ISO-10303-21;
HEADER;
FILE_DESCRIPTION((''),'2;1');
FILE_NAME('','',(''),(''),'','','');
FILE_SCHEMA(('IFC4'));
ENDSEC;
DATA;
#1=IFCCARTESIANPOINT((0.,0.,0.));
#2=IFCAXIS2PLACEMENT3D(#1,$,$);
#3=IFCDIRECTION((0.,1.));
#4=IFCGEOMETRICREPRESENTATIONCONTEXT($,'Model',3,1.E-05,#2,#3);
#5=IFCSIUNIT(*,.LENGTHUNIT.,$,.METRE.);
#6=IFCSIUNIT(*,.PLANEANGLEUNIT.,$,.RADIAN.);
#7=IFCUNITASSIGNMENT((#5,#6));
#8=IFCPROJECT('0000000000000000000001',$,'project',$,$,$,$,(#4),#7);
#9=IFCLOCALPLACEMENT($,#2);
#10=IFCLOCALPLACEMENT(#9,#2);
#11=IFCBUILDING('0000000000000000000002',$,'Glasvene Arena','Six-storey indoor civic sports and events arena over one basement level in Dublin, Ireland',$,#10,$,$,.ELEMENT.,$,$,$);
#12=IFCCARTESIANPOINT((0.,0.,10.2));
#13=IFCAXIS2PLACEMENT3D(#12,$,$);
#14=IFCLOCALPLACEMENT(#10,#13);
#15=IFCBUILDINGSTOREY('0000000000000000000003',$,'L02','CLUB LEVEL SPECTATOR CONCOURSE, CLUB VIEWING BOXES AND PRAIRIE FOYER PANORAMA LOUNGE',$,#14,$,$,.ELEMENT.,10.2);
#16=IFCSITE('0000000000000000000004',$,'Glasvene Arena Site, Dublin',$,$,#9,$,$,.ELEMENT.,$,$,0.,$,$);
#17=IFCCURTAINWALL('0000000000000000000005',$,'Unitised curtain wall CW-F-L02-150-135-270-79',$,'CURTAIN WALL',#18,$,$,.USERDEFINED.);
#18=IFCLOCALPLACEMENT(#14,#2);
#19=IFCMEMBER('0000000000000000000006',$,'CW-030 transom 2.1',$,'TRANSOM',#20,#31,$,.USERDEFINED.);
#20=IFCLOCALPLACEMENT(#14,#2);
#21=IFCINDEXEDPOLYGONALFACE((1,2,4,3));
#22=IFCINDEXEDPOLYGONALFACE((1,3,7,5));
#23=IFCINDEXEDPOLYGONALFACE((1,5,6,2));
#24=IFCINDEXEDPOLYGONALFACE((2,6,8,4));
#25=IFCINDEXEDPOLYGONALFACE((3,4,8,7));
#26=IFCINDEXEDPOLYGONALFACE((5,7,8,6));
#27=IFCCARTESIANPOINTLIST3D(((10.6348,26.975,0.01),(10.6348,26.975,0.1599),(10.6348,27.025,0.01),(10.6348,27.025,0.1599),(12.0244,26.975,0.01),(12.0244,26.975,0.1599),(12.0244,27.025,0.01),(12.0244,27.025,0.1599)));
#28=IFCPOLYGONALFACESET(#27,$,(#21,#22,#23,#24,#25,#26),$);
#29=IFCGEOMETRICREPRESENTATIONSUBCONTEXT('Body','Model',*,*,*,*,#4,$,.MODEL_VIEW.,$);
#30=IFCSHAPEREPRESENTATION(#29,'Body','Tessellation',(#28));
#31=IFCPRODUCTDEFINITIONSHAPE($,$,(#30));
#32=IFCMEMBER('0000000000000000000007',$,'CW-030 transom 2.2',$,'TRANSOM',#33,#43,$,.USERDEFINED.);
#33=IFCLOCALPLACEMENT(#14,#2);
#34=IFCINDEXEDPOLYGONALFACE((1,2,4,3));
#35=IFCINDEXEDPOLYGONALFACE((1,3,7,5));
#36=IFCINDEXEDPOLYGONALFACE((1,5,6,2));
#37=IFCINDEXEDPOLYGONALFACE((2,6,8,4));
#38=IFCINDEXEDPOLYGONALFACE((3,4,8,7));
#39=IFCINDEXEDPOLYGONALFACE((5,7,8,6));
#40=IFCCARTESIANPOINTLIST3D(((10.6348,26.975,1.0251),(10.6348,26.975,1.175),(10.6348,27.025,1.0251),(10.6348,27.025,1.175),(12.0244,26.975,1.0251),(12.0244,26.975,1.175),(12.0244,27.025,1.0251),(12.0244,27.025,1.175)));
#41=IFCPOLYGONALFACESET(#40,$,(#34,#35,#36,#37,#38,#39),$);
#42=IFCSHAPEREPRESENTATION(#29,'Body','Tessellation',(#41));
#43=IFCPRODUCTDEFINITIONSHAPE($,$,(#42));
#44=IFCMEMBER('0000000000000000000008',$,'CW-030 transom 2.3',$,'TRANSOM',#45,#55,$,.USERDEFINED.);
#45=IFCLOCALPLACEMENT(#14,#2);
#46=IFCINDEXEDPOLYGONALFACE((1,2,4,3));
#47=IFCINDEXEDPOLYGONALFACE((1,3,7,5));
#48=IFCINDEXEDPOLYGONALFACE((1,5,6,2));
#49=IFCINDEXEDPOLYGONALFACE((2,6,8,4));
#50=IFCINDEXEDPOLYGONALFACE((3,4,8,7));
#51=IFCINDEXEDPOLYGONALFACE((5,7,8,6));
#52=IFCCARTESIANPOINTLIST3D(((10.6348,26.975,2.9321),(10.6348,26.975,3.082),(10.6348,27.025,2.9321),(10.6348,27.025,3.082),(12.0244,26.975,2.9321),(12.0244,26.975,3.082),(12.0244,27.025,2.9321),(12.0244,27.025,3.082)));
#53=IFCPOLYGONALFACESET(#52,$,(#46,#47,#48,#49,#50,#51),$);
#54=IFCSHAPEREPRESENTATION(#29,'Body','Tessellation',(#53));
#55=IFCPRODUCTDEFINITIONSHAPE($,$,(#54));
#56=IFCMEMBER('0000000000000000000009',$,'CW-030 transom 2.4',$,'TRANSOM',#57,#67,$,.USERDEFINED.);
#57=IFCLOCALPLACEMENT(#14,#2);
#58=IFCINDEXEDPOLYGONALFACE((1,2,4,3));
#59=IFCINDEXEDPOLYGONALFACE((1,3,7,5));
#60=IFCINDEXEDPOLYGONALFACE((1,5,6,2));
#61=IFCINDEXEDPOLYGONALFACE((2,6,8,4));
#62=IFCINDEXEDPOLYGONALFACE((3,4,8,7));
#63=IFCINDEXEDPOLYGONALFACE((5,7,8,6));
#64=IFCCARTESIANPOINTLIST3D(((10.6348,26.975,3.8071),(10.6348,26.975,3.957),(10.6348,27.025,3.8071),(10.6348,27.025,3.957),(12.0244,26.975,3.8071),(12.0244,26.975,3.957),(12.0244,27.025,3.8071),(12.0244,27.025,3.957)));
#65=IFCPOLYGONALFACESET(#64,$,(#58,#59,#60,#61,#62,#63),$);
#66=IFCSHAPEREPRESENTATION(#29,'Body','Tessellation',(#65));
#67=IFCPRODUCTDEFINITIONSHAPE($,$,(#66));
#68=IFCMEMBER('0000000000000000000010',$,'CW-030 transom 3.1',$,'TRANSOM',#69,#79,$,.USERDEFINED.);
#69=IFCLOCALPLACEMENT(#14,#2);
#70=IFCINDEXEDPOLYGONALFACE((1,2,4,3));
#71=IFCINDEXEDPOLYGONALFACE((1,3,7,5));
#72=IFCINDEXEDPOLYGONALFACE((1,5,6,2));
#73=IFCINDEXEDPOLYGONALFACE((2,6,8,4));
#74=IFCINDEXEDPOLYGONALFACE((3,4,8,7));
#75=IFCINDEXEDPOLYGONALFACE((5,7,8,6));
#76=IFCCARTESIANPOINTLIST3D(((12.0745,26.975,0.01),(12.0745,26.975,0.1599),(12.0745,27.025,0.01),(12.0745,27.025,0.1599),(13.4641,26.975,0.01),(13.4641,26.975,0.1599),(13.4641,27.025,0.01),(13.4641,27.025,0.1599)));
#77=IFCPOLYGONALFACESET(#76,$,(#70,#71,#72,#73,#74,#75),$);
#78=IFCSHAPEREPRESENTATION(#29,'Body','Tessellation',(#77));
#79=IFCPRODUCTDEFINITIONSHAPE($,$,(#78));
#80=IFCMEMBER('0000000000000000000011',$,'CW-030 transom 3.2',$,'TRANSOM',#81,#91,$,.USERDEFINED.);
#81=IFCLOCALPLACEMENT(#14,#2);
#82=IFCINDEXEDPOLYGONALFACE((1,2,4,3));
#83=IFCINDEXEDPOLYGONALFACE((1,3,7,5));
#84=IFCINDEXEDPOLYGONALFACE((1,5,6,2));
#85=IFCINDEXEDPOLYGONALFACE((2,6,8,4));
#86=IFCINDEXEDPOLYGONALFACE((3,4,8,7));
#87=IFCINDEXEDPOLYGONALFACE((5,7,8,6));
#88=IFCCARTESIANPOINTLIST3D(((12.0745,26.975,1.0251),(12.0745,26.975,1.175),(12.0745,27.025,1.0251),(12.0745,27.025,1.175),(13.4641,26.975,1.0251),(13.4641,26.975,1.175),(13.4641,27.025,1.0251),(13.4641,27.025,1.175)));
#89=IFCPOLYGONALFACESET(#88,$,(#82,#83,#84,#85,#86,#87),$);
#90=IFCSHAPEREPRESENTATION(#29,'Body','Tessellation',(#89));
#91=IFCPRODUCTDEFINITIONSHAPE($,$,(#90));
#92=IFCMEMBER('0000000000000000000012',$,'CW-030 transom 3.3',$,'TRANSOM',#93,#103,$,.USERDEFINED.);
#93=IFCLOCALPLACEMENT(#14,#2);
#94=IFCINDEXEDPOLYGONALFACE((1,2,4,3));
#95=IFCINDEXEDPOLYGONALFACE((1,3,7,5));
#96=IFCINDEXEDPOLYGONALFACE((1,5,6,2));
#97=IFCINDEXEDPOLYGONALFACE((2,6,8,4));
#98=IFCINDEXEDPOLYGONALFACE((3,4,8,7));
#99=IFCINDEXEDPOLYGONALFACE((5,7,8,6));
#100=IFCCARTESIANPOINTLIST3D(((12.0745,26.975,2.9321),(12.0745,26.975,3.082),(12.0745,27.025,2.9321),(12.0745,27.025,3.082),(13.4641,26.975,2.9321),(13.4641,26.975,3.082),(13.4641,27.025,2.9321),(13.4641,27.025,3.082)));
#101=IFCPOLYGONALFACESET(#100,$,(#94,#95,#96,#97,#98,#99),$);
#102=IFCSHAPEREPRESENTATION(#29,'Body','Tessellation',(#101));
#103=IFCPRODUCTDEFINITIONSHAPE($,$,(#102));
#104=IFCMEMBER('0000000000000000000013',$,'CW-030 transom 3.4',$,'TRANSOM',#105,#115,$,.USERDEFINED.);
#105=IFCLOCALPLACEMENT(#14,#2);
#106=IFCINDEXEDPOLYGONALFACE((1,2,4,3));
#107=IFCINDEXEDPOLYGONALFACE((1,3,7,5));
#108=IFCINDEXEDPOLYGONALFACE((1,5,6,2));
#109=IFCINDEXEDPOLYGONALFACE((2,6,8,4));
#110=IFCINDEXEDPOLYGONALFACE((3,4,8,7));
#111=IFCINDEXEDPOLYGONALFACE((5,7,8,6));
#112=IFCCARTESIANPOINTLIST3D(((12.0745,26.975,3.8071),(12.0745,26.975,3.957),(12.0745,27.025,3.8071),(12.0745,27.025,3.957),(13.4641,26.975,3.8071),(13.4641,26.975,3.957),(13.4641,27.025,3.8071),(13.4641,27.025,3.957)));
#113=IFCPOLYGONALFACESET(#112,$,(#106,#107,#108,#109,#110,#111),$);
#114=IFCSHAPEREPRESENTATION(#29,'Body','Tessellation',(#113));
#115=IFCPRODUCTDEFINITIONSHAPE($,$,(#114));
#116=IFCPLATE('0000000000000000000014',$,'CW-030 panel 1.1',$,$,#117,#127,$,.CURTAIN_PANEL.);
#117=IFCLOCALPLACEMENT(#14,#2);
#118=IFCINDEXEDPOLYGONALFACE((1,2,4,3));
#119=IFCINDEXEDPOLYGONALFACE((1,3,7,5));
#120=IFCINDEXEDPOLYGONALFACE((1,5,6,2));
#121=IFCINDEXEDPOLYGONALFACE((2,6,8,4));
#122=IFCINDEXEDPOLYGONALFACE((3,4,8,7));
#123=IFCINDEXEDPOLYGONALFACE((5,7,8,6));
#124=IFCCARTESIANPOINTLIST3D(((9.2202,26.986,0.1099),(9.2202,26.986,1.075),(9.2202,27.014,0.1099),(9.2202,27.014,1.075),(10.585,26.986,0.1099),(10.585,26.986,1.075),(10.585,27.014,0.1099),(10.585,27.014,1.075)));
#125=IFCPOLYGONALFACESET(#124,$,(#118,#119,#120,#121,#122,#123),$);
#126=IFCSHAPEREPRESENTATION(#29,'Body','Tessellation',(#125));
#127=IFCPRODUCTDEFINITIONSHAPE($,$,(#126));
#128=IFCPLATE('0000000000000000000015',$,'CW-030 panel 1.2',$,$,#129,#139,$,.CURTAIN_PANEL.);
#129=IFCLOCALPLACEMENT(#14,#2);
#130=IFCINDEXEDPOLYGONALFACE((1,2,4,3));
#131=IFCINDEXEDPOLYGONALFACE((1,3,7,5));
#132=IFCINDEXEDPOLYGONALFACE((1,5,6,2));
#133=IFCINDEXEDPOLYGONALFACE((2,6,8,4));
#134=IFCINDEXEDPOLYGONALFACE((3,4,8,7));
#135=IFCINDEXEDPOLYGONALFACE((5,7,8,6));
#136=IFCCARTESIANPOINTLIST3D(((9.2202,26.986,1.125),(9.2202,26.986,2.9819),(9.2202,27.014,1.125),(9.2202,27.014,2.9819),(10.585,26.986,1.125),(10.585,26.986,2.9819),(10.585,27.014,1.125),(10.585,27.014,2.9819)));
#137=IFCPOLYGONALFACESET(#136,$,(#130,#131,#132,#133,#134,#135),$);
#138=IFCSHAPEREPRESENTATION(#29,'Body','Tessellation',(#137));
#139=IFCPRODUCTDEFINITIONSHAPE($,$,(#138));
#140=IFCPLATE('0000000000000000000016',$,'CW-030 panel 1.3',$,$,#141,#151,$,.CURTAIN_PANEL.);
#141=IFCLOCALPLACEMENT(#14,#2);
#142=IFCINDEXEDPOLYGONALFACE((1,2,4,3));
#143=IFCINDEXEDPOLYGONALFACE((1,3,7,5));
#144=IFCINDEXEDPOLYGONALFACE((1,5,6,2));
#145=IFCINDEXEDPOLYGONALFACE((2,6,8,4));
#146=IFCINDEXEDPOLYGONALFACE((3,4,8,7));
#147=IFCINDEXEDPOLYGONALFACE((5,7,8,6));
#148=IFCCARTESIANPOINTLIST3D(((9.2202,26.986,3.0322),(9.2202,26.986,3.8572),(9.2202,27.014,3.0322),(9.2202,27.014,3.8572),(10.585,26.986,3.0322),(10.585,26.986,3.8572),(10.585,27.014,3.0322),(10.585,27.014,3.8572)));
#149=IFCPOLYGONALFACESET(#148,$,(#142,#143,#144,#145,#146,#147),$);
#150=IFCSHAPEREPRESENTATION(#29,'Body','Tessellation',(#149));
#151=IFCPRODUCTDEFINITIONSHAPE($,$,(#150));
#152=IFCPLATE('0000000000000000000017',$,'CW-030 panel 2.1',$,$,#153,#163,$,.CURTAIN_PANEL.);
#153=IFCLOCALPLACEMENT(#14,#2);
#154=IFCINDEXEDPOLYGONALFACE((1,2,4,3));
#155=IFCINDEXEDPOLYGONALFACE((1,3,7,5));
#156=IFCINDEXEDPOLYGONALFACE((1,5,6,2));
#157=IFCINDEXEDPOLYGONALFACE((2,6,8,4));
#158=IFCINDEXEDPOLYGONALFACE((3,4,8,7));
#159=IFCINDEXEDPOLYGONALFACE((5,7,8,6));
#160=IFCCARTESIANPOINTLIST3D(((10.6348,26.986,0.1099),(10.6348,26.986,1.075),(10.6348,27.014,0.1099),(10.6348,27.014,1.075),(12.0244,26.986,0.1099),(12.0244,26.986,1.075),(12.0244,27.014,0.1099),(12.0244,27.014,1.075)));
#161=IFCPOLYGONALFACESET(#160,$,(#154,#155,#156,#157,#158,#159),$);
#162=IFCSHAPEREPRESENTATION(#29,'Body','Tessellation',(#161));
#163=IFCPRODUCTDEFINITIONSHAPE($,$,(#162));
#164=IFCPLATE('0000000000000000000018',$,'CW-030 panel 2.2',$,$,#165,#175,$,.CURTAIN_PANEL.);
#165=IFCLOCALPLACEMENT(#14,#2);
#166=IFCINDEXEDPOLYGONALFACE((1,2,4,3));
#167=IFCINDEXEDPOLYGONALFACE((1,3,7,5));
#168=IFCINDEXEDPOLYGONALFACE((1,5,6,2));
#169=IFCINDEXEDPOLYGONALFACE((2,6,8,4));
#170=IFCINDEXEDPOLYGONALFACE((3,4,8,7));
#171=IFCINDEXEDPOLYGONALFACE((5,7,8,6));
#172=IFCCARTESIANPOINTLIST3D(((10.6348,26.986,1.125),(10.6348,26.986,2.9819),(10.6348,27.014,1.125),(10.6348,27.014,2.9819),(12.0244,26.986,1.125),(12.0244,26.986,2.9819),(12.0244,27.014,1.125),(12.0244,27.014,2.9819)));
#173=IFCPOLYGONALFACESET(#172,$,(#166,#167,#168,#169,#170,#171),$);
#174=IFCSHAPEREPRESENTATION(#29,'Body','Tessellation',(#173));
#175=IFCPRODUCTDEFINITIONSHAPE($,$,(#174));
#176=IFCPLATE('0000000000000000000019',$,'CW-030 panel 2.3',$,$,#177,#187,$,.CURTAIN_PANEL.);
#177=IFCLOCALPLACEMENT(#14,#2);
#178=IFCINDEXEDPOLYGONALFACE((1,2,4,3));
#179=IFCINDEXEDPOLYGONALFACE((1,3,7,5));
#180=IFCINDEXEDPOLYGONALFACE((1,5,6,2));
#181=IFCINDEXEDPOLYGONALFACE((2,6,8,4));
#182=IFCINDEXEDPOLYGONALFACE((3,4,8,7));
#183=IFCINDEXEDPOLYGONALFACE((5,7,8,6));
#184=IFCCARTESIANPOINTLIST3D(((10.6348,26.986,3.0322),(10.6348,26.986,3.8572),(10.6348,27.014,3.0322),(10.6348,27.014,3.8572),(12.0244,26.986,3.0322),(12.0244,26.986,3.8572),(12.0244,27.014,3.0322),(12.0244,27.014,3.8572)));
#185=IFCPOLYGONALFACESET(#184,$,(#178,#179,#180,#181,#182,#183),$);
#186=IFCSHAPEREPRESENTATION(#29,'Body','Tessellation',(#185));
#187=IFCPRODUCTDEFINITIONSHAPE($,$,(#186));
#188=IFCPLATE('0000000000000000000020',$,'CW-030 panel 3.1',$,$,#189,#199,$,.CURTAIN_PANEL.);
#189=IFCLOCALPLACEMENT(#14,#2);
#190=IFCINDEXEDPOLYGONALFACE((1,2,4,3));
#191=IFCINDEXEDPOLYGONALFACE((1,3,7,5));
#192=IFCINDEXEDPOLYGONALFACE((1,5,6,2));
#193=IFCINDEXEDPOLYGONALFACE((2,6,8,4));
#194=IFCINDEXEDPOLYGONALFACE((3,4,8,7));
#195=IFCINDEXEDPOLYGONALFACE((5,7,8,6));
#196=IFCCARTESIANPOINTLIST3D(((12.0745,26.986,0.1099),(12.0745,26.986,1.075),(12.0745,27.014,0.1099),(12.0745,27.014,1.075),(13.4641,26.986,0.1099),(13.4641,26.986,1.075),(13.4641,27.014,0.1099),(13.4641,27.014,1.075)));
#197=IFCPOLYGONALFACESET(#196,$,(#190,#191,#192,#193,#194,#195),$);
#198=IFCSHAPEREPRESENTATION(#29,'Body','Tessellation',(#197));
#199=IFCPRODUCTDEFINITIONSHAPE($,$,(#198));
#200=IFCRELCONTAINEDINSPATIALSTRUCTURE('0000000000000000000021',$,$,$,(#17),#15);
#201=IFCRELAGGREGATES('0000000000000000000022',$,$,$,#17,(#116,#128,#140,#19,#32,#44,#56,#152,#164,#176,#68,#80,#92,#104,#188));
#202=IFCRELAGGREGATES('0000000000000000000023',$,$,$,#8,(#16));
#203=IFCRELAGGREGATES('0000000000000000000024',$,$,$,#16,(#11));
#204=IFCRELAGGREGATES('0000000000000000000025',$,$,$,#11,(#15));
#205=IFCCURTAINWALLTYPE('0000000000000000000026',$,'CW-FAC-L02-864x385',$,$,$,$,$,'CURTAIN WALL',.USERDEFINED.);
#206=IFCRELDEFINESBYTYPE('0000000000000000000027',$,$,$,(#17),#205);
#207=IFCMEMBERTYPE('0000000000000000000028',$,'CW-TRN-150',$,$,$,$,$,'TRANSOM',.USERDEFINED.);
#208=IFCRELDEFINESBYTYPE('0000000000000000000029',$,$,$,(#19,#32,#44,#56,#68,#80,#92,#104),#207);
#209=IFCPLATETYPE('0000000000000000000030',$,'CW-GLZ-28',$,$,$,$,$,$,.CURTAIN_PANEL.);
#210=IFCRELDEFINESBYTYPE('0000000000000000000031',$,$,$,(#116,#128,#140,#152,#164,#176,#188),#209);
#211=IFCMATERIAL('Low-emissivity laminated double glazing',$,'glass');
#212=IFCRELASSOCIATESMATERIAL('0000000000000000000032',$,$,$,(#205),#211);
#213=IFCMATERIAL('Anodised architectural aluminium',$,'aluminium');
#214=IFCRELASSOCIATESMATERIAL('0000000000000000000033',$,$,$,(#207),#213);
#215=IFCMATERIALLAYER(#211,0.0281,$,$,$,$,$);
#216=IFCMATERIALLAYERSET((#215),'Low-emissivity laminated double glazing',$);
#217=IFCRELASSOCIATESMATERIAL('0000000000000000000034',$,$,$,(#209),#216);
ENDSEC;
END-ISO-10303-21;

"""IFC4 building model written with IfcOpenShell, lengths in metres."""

from ifc_helpers import new_model, si_unit, direction, frame, origin, origin_2d, place, context, subcontext, project, spatial, rectangle, extrude, material, layer, layer_set, material_profile, profile_set, type_object, element, aggregate, save


model = new_model("IFC4")

# Units and contexts
model_context = context("Model", 3, precision=1e-05, world=origin(), true_north=direction((0.0, 1.0)))
body_context = subcontext(model_context, "Body", "Model", "MODEL_VIEW")
ifc_project = project(units=[si_unit("LENGTHUNIT", "METRE"), si_unit("PLANEANGLEUNIT", "RADIAN")], contexts=[model_context])

# Site, building, storey
site_placement = place(None, origin())
site = spatial("IfcSite", under=ifc_project, at=site_placement, Name="Glasvene Arena Site, Dublin", CompositionType="ELEMENT", RefElevation=0.0)
building_placement = place(site_placement, origin())
building = spatial("IfcBuilding", under=site, at=building_placement, Name="Glasvene Arena", Description="Six-storey indoor civic sports and events arena over one basement level in Dublin, Ireland", CompositionType="ELEMENT")
storey_placement = place(building_placement, frame((0.0, 0.0, 10.2)))
storey = spatial("IfcBuildingStorey", under=building, at=storey_placement, Name="L02", Description="CLUB LEVEL SPECTATOR CONCOURSE, CLUB VIEWING BOXES AND PRAIRIE FOYER PANORAMA LOUNGE", CompositionType="ELEMENT", Elevation=10.2)

# Curtain wall, members, plates
ifc_material_1 = material(Name="Low-emissivity laminated double glazing", Category="glass")
curtain_wall_type = type_object("IfcCurtainWallType", Name="CW-FAC-L02-864x385", ElementType="CURTAIN WALL", PredefinedType="USERDEFINED", material=ifc_material_1)
curtain_wall_placement = place(storey_placement, frame((9.1702, 27.0, 0.0)))
curtain_wall = element("IfcCurtainWall", 1, at=curtain_wall_placement, inside=storey, type_object=curtain_wall_type, Name="Unitised curtain wall CW-F-L02-150-135-270-79", ObjectType="CURTAIN WALL", PredefinedType="USERDEFINED")
ifc_material_2 = material(Name="Anodised architectural aluminium", Category="aluminium")
ifc_material_profile_1 = material_profile(ifc_material_2, rectangle(XDim=0.05, YDim=0.1499, at=origin_2d()), Name="ALU TRANSOM 50x150")
ifc_profile_set_1 = profile_set([ifc_material_profile_1], Name="Anodised architectural aluminium")
member_type_1 = type_object("IfcMemberType", Name="CW-TRN-150", ElementType="TRANSOM", PredefinedType="USERDEFINED", material=ifc_profile_set_1)
member_1_placement = place(storey_placement, frame((10.6348, 27.0, 0.085), z_axis=(1.0, 0.0, 0.0), x_axis=(0.0, 1.0, 0.0)))
member_1 = element("IfcMember", 2, at=member_1_placement, type_object=member_type_1, Name="CW-030 transom 2.1", ObjectType="TRANSOM", PredefinedType="USERDEFINED", context=body_context, shape_type="SweptSolid", body=[
    extrude(rectangle(XDim=0.05, YDim=0.1499, at=origin_2d()), origin(), (0.0, 0.0, 1.0), 1.3896),
])
member_2_placement = place(storey_placement, frame((10.6348, 27.0, 1.1001), z_axis=(1.0, 0.0, 0.0), x_axis=(0.0, 1.0, 0.0)))
member_2 = element("IfcMember", 3, at=member_2_placement, type_object=member_type_1, Name="CW-030 transom 2.2", ObjectType="TRANSOM", PredefinedType="USERDEFINED", context=body_context, shape_type="SweptSolid", body=[
    extrude(rectangle(XDim=0.05, YDim=0.1499, at=origin_2d()), origin(), (0.0, 0.0, 1.0), 1.3896),
])
member_3_placement = place(storey_placement, frame((10.6348, 27.0, 3.0071), z_axis=(1.0, 0.0, 0.0), x_axis=(0.0, 1.0, 0.0)))
member_3 = element("IfcMember", 4, at=member_3_placement, type_object=member_type_1, Name="CW-030 transom 2.3", ObjectType="TRANSOM", PredefinedType="USERDEFINED", context=body_context, shape_type="SweptSolid", body=[
    extrude(rectangle(XDim=0.05, YDim=0.1499, at=origin_2d()), origin(), (0.0, 0.0, 1.0), 1.3896),
])
member_4_placement = place(storey_placement, frame((10.6348, 27.0, 3.8821), z_axis=(1.0, 0.0, 0.0), x_axis=(0.0, 1.0, 0.0)))
member_4 = element("IfcMember", 5, at=member_4_placement, type_object=member_type_1, Name="CW-030 transom 2.4", ObjectType="TRANSOM", PredefinedType="USERDEFINED", context=body_context, shape_type="SweptSolid", body=[
    extrude(rectangle(XDim=0.05, YDim=0.1499, at=origin_2d()), origin(), (0.0, 0.0, 1.0), 1.3896),
])
member_5_placement = place(storey_placement, frame((12.0745, 27.0, 0.085), z_axis=(1.0, 0.0, 0.0), x_axis=(0.0, 1.0, 0.0)))
member_5 = element("IfcMember", 6, at=member_5_placement, type_object=member_type_1, Name="CW-030 transom 3.1", ObjectType="TRANSOM", PredefinedType="USERDEFINED", context=body_context, shape_type="SweptSolid", body=[
    extrude(rectangle(XDim=0.05, YDim=0.1499, at=origin_2d()), origin(), (0.0, 0.0, 1.0), 1.3896),
])
member_6_placement = place(storey_placement, frame((12.0745, 27.0, 1.1001), z_axis=(1.0, 0.0, 0.0), x_axis=(0.0, 1.0, 0.0)))
member_6 = element("IfcMember", 7, at=member_6_placement, type_object=member_type_1, Name="CW-030 transom 3.2", ObjectType="TRANSOM", PredefinedType="USERDEFINED", context=body_context, shape_type="SweptSolid", body=[
    extrude(rectangle(XDim=0.05, YDim=0.1499, at=origin_2d()), origin(), (0.0, 0.0, 1.0), 1.3896),
])
member_7_placement = place(storey_placement, frame((12.0745, 27.0, 3.0071), z_axis=(1.0, 0.0, 0.0), x_axis=(0.0, 1.0, 0.0)))
member_7 = element("IfcMember", 8, at=member_7_placement, type_object=member_type_1, Name="CW-030 transom 3.3", ObjectType="TRANSOM", PredefinedType="USERDEFINED", context=body_context, shape_type="SweptSolid", body=[
    extrude(rectangle(XDim=0.05, YDim=0.1499, at=origin_2d()), origin(), (0.0, 0.0, 1.0), 1.3896),
])
member_8_placement = place(storey_placement, frame((12.0745, 27.0, 3.8821), z_axis=(1.0, 0.0, 0.0), x_axis=(0.0, 1.0, 0.0)))
member_8 = element("IfcMember", 9, at=member_8_placement, type_object=member_type_1, Name="CW-030 transom 3.4", ObjectType="TRANSOM", PredefinedType="USERDEFINED", context=body_context, shape_type="SweptSolid", body=[
    extrude(rectangle(XDim=0.05, YDim=0.1499, at=origin_2d()), origin(), (0.0, 0.0, 1.0), 1.3896),
])
ifc_layer_1 = layer(ifc_material_1, 0.0281)
ifc_layer_set_1 = layer_set([ifc_layer_1], Name="Low-emissivity laminated double glazing")
plate_type = type_object("IfcPlateType", Name="CW-GLZ-28", PredefinedType="CURTAIN_PANEL", material=ifc_layer_set_1)
plate_1_placement = place(storey_placement, frame((9.9026, 27.0, 0.1099), z_axis=(0.0, 0.0, 1.0), x_axis=(1.0, 0.0, 0.0)))
plate_1 = element("IfcPlate", 10, at=plate_1_placement, type_object=plate_type, Name="CW-030 panel 1.1", PredefinedType="CURTAIN_PANEL", context=body_context, shape_type="SweptSolid", body=[
    extrude(rectangle(XDim=1.3647, YDim=0.0281, at=origin_2d()), origin(), (0.0, 0.0, 1.0), 0.9651),
])
plate_2_placement = place(storey_placement, frame((9.9026, 27.0, 1.125), z_axis=(0.0, 0.0, 1.0), x_axis=(1.0, 0.0, 0.0)))
plate_2 = element("IfcPlate", 11, at=plate_2_placement, type_object=plate_type, Name="CW-030 panel 1.2", PredefinedType="CURTAIN_PANEL", context=body_context, shape_type="SweptSolid", body=[
    extrude(rectangle(XDim=1.3647, YDim=0.0281, at=origin_2d()), origin(), (0.0, 0.0, 1.0), 1.8569),
])
plate_3_placement = place(storey_placement, frame((9.9026, 27.0, 3.0322), z_axis=(0.0, 0.0, 1.0), x_axis=(1.0, 0.0, 0.0)))
plate_3 = element("IfcPlate", 12, at=plate_3_placement, type_object=plate_type, Name="CW-030 panel 1.3", PredefinedType="CURTAIN_PANEL", context=body_context, shape_type="SweptSolid", body=[
    extrude(rectangle(XDim=1.3647, YDim=0.0281, at=origin_2d()), origin(), (0.0, 0.0, 1.0), 0.825),
])
plate_4_placement = place(storey_placement, frame((11.3296, 27.0, 0.1099), z_axis=(0.0, 0.0, 1.0), x_axis=(1.0, 0.0, 0.0)))
plate_4 = element("IfcPlate", 13, at=plate_4_placement, type_object=plate_type, Name="CW-030 panel 2.1", PredefinedType="CURTAIN_PANEL", context=body_context, shape_type="SweptSolid", body=[
    extrude(rectangle(XDim=1.3896, YDim=0.0281, at=origin_2d()), origin(), (0.0, 0.0, 1.0), 0.9651),
])
plate_5_placement = place(storey_placement, frame((11.3296, 27.0, 1.125), z_axis=(0.0, 0.0, 1.0), x_axis=(1.0, 0.0, 0.0)))
plate_5 = element("IfcPlate", 14, at=plate_5_placement, type_object=plate_type, Name="CW-030 panel 2.2", PredefinedType="CURTAIN_PANEL", context=body_context, shape_type="SweptSolid", body=[
    extrude(rectangle(XDim=1.3896, YDim=0.0281, at=origin_2d()), origin(), (0.0, 0.0, 1.0), 1.8569),
])
plate_6_placement = place(storey_placement, frame((11.3296, 27.0, 3.0322), z_axis=(0.0, 0.0, 1.0), x_axis=(1.0, 0.0, 0.0)))
plate_6 = element("IfcPlate", 15, at=plate_6_placement, type_object=plate_type, Name="CW-030 panel 2.3", PredefinedType="CURTAIN_PANEL", context=body_context, shape_type="SweptSolid", body=[
    extrude(rectangle(XDim=1.3896, YDim=0.0281, at=origin_2d()), origin(), (0.0, 0.0, 1.0), 0.825),
])
plate_7_placement = place(storey_placement, frame((12.7693, 27.0, 0.1099), z_axis=(0.0, 0.0, 1.0), x_axis=(1.0, 0.0, 0.0)))
plate_7 = element("IfcPlate", 16, at=plate_7_placement, type_object=plate_type, Name="CW-030 panel 3.1", PredefinedType="CURTAIN_PANEL", context=body_context, shape_type="SweptSolid", body=[
    extrude(rectangle(XDim=1.3896, YDim=0.0281, at=origin_2d()), origin(), (0.0, 0.0, 1.0), 0.9651),
])
aggregate(curtain_wall, [plate_1, plate_2, plate_3, member_1, member_2, member_3, member_4, plate_4, plate_5, plate_6, member_5, member_6, member_7, member_8, plate_7])

save(model, "model.ifc")
